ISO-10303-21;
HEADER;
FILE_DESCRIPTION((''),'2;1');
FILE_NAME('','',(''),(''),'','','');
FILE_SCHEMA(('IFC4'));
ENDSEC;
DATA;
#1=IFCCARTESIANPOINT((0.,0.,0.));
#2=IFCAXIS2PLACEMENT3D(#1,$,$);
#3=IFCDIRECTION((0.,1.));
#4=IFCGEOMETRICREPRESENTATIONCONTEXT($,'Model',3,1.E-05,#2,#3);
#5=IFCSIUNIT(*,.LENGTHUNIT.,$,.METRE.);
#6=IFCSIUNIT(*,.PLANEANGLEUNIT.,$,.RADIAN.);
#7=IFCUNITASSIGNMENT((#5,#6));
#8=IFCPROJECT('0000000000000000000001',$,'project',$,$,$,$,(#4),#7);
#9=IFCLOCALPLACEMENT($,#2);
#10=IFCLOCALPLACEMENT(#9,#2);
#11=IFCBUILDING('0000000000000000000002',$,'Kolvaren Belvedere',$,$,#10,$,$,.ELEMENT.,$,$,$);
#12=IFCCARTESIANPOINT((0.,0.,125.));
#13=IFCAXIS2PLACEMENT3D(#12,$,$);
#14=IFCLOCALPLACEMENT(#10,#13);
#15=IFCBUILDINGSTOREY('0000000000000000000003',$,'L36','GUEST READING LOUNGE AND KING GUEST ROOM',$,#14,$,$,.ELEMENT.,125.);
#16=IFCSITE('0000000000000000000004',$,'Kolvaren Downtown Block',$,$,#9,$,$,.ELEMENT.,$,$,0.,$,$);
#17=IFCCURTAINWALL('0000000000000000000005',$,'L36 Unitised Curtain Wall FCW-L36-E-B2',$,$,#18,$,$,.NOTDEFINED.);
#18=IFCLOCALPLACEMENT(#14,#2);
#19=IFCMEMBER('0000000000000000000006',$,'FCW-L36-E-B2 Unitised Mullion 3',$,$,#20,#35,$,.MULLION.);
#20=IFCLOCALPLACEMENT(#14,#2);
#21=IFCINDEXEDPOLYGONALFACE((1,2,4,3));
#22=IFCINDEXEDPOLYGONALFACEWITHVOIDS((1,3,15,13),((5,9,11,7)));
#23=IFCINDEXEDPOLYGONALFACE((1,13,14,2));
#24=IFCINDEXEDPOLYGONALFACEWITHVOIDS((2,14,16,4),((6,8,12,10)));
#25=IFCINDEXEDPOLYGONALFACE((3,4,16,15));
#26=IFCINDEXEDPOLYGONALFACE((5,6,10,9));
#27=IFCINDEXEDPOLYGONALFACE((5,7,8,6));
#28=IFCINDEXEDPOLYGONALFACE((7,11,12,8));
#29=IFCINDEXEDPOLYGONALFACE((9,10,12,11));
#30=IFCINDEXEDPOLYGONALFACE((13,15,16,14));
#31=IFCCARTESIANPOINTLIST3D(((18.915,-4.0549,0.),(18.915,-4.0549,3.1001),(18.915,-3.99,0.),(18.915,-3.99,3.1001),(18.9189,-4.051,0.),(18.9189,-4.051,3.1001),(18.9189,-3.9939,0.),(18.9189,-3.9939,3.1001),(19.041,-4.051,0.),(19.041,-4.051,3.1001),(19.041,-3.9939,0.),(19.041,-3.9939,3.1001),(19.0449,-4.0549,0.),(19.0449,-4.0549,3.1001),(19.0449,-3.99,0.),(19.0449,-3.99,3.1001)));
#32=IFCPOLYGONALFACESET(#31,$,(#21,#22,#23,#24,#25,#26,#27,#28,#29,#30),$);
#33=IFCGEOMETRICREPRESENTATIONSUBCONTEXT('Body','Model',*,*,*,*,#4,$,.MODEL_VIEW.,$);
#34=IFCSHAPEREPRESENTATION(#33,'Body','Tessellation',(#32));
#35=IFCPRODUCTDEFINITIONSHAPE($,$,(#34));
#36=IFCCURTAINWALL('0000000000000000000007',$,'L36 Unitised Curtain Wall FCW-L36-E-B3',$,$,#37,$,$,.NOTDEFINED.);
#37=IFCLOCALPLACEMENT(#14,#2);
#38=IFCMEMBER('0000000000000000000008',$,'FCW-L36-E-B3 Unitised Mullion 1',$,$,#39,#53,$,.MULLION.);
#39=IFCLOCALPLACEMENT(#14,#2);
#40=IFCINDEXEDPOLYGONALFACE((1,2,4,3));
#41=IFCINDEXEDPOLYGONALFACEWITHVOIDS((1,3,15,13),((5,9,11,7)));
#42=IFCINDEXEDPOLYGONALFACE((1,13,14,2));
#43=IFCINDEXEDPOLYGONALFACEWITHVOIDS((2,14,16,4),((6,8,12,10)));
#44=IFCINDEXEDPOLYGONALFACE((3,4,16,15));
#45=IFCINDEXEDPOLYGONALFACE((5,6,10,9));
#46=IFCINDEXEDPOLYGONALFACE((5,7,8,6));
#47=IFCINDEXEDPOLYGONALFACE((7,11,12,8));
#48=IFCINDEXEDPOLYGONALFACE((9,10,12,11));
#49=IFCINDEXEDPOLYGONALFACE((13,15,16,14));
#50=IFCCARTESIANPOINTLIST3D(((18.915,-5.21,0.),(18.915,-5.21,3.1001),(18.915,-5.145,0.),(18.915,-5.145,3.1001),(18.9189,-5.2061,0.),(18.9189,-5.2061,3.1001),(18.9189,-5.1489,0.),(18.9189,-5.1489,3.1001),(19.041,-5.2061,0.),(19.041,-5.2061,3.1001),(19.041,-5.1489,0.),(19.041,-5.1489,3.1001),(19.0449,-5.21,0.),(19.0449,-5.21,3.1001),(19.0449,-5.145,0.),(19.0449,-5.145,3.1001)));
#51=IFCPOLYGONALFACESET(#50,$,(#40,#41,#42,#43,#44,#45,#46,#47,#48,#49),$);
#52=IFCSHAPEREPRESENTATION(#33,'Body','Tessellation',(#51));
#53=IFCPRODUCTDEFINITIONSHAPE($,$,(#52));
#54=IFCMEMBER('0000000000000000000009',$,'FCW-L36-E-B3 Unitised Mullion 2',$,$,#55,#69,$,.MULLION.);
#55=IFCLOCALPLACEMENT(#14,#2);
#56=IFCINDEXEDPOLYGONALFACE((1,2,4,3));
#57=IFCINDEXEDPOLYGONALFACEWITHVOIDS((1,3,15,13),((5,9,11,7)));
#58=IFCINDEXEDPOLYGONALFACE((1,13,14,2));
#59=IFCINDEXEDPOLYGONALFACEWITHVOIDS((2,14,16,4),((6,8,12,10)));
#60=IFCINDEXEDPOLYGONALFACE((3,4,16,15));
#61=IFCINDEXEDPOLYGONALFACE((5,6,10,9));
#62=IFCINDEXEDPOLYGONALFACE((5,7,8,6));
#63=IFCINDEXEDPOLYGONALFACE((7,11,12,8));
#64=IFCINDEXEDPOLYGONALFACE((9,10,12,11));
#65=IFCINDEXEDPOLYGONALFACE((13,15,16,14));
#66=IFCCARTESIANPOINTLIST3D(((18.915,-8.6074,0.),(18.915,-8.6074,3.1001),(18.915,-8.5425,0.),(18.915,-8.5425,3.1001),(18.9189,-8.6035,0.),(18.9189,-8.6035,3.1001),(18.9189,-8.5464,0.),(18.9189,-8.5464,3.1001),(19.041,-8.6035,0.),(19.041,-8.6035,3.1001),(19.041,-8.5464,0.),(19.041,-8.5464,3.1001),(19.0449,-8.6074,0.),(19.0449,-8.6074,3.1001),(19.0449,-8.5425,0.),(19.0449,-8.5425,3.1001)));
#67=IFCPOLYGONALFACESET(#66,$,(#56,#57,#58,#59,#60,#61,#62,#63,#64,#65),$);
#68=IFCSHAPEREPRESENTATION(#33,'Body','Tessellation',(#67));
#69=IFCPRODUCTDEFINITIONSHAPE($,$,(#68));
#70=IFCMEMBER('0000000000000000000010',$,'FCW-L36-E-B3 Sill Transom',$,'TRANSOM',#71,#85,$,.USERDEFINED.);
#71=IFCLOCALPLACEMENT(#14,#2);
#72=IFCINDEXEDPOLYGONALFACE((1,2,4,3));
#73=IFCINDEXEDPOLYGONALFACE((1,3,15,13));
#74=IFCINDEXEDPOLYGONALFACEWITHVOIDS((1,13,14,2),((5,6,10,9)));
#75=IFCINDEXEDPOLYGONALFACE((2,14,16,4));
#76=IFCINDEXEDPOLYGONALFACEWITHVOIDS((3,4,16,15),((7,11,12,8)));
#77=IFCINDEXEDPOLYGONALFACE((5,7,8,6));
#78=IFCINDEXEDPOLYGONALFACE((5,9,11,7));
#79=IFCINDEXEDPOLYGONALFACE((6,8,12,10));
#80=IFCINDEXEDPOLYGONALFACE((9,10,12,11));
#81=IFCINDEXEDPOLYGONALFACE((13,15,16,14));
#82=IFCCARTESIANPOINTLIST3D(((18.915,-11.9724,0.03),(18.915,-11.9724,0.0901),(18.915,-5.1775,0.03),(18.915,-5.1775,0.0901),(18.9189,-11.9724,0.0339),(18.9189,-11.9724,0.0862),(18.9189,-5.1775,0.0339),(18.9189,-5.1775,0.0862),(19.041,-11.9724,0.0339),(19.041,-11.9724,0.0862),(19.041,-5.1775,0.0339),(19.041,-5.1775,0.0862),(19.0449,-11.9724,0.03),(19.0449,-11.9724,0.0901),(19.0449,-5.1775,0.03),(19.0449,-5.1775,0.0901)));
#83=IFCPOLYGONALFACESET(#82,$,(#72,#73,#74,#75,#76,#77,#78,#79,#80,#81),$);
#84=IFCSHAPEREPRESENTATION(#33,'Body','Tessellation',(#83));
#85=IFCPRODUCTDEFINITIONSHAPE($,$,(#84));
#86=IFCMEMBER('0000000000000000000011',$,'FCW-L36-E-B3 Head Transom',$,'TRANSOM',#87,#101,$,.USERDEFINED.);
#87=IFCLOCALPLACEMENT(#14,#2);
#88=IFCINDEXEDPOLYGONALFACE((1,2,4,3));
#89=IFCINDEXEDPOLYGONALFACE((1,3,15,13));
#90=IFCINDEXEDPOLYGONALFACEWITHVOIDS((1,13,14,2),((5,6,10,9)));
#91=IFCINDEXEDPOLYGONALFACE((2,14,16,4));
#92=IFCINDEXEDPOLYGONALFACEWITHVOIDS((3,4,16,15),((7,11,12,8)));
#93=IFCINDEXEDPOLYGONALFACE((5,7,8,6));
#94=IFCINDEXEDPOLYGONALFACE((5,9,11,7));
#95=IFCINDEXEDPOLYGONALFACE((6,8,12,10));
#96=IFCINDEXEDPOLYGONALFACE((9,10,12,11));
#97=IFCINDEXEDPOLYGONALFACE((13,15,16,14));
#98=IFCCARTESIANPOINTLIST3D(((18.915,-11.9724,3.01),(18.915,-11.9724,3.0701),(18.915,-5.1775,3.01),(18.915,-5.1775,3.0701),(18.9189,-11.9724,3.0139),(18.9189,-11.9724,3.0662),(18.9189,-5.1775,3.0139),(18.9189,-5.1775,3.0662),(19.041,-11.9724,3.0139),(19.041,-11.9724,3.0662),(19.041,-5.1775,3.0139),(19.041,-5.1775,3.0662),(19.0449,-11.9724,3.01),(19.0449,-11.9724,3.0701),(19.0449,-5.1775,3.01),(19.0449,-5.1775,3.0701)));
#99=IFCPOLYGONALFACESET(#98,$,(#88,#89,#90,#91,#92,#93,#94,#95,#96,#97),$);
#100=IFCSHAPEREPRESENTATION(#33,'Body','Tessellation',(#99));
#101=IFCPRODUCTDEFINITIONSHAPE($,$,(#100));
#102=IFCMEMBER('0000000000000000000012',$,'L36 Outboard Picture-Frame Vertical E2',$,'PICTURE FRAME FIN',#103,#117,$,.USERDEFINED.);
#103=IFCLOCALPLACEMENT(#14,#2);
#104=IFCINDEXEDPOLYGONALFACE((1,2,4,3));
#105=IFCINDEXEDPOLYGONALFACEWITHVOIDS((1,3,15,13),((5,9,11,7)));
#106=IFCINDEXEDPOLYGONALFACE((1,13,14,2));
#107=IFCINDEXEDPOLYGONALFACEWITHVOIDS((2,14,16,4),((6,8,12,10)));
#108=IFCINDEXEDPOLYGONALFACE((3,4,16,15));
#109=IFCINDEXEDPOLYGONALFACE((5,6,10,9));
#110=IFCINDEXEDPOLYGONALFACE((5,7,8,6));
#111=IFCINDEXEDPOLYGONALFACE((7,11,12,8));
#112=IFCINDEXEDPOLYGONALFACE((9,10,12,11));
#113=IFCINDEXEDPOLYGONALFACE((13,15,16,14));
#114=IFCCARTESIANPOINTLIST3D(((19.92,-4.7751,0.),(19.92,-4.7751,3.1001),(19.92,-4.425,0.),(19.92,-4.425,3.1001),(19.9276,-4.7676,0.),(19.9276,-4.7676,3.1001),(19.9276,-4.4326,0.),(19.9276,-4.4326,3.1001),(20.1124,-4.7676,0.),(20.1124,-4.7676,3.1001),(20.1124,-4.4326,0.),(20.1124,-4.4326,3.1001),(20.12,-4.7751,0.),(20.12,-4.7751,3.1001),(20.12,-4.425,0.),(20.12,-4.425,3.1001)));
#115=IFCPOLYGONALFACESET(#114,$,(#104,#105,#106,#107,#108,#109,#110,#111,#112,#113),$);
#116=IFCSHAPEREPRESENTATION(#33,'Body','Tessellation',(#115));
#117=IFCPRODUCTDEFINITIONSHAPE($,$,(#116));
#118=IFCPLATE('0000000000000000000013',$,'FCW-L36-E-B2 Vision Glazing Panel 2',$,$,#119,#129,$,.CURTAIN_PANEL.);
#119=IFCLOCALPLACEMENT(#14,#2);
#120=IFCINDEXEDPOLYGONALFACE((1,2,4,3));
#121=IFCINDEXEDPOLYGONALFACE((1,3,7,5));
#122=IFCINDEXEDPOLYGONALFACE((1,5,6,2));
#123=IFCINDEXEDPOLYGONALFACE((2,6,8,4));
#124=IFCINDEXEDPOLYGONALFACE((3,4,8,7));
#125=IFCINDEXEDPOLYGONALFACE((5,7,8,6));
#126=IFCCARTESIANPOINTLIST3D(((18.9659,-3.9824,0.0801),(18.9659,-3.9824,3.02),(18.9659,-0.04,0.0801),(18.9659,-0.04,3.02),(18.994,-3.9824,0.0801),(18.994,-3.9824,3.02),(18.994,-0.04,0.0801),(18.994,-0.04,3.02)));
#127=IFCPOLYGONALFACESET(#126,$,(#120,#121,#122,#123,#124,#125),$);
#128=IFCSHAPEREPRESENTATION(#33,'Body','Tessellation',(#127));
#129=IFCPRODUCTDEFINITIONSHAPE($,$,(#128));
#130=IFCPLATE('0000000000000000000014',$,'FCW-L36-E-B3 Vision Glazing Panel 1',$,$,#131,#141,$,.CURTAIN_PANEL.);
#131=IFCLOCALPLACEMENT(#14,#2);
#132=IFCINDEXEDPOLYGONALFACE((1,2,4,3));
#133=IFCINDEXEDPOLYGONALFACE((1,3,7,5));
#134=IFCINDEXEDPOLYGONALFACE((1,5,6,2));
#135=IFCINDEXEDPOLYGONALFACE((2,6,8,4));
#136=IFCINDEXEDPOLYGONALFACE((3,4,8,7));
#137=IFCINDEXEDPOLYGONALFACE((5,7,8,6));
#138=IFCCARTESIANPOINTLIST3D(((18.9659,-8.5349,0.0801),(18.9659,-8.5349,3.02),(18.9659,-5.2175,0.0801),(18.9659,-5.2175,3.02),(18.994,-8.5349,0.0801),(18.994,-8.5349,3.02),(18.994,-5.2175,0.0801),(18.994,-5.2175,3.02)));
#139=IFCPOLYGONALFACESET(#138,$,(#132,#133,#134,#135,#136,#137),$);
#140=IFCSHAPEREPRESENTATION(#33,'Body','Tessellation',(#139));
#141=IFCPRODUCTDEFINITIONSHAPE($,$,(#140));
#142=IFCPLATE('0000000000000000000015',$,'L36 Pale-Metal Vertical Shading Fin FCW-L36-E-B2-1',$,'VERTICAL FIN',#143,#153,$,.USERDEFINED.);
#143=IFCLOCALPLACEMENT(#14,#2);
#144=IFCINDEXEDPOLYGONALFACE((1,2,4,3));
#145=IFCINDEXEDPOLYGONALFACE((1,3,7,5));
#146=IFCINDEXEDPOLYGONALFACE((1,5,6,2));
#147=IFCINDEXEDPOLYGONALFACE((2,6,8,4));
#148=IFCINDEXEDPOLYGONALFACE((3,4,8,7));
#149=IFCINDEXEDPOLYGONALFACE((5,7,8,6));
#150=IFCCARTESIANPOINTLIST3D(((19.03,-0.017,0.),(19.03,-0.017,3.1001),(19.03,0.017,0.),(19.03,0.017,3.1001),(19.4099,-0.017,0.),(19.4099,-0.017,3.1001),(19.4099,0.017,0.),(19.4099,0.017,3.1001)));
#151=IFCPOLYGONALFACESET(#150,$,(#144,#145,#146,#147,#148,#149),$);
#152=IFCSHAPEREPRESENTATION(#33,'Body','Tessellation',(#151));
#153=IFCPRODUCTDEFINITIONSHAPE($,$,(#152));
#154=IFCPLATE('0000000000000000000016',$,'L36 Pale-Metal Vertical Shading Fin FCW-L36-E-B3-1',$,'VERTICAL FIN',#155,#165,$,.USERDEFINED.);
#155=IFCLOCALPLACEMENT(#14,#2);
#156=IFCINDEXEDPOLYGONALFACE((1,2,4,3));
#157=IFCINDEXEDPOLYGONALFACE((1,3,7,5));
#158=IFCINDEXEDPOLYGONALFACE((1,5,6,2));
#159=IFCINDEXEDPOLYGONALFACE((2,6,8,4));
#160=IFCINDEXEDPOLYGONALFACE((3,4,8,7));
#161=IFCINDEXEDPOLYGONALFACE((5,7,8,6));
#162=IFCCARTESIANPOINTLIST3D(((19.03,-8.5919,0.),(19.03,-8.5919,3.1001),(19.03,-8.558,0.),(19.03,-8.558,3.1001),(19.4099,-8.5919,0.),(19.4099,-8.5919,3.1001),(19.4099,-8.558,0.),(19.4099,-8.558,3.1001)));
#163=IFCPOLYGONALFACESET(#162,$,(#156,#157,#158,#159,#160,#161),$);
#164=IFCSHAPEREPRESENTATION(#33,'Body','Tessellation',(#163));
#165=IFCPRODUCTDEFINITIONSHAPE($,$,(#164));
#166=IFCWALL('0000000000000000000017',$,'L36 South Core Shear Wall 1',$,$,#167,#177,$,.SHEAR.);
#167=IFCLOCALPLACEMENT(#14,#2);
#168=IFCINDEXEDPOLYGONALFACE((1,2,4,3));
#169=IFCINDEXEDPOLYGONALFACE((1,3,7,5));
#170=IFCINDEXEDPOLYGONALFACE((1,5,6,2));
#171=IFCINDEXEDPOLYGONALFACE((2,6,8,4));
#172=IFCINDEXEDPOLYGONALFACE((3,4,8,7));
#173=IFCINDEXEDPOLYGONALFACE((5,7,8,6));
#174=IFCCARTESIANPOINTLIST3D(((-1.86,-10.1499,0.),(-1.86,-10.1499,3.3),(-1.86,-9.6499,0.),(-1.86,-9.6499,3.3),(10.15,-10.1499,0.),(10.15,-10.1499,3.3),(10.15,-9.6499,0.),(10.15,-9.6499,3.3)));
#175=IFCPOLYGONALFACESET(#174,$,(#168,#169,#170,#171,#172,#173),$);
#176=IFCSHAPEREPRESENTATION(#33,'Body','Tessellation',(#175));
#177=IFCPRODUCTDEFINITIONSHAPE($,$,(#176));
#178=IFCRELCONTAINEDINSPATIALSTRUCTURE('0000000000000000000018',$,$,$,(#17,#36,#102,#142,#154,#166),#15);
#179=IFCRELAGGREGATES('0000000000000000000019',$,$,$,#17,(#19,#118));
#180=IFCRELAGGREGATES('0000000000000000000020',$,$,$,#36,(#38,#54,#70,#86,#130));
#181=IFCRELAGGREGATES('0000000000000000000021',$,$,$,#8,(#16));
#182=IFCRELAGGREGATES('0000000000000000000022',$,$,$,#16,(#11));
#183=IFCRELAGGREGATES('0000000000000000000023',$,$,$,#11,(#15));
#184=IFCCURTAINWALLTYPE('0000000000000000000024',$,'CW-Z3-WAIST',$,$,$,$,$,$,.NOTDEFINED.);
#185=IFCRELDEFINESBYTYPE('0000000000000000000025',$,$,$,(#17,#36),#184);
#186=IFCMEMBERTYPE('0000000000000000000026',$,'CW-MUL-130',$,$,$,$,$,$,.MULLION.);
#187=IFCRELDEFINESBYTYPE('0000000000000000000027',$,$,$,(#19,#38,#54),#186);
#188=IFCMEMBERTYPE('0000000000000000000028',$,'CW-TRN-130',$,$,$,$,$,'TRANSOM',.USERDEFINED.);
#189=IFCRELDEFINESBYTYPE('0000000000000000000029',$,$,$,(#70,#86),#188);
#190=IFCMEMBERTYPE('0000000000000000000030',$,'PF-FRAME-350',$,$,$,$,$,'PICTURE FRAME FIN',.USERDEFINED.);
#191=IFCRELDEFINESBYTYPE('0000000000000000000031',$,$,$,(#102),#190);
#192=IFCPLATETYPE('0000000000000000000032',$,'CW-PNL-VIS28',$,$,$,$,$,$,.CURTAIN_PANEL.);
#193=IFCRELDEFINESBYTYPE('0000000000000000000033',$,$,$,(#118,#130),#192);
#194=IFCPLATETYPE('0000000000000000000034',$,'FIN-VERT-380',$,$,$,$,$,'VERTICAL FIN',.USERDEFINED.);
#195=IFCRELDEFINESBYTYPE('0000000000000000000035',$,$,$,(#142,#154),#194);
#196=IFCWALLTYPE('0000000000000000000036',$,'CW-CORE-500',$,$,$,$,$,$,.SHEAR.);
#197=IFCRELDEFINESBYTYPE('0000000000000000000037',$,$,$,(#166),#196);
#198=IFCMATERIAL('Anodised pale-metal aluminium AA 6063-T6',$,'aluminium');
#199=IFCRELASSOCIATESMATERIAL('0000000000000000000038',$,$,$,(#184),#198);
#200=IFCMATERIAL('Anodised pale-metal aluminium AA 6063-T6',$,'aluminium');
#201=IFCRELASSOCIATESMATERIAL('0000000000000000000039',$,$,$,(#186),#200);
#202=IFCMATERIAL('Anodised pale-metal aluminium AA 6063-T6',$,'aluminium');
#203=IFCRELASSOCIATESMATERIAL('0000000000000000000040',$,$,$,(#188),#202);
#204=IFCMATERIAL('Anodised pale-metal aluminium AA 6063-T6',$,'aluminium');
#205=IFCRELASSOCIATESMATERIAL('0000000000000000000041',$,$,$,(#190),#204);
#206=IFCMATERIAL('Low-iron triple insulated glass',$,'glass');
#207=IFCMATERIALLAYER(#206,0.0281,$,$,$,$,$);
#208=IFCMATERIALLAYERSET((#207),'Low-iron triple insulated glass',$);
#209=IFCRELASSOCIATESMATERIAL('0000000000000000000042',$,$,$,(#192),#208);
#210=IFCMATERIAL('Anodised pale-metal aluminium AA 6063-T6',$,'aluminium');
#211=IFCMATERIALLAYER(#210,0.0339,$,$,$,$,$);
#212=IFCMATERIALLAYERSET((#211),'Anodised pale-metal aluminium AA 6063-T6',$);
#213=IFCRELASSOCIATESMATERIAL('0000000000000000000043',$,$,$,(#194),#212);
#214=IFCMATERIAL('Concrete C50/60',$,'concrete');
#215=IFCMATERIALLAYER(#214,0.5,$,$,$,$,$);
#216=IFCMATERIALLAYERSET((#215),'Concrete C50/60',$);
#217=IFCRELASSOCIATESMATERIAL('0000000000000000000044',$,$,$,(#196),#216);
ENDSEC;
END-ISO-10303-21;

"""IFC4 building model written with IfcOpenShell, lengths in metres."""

from ifc_helpers import new_model, si_unit, direction, frame, frame_2d, origin, origin_2d, place, context, subcontext, project, spatial, rectangle, hollow_rectangle, extrude, material, layer, layer_set, material_profile, profile_set, type_object, element, aggregate, save


model = new_model("IFC4")

# Units and contexts
model_context = context("Model", 3, precision=1e-05, world=origin(), true_north=direction((0.0, 1.0)))
body_context = subcontext(model_context, "Body", "Model", "MODEL_VIEW")
ifc_project = project(units=[si_unit("LENGTHUNIT", "METRE"), si_unit("PLANEANGLEUNIT", "RADIAN")], contexts=[model_context])

# Site, building, storey
site_placement = place(None, origin())
site = spatial("IfcSite", under=ifc_project, at=site_placement, Name="Kolvaren Downtown Block", CompositionType="ELEMENT", RefElevation=0.0)
building_placement = place(site_placement, origin())
building = spatial("IfcBuilding", under=site, at=building_placement, Name="Kolvaren Belvedere", CompositionType="ELEMENT")
storey_placement = place(building_placement, frame((0.0, 0.0, 125.0)))
storey = spatial("IfcBuildingStorey", under=building, at=storey_placement, Name="L36", Description="GUEST READING LOUNGE AND KING GUEST ROOM", CompositionType="ELEMENT", Elevation=125.0)

# Curtain walls, members
ifc_material_1 = material(Name="Anodised pale-metal aluminium AA 6063-T6", Category="aluminium")
curtain_wall_type = type_object("IfcCurtainWallType", Name="CW-Z3-WAIST", PredefinedType="NOTDEFINED", material=ifc_material_1)
curtain_wall_1_placement = place(storey_placement, origin())
curtain_wall_1 = element("IfcCurtainWall", 1, at=curtain_wall_1_placement, inside=storey, type_object=curtain_wall_type, Name="L36 Unitised Curtain Wall FCW-L36-E-B2", PredefinedType="NOTDEFINED")
ifc_material_2 = material(Name="Anodised pale-metal aluminium AA 6063-T6", Category="aluminium")
ifc_material_profile_1 = material_profile(ifc_material_2, hollow_rectangle(XDim=0.0649, YDim=0.1299, WallThickness=0.0039, at=origin_2d()), Name="ALU-MUL-130X65")
ifc_profile_set_1 = profile_set([ifc_material_profile_1], Name="Anodised pale-metal aluminium AA 6063-T6")
member_type_1 = type_object("IfcMemberType", Name="CW-MUL-130", PredefinedType="MULLION", material=ifc_profile_set_1)
member_1_placement = place(storey_placement, frame((18.98, -4.0225, 0.0), z_axis=(0.0, 0.0, 1.0), x_axis=(0.0, 1.0, 0.0)))
member_1 = element("IfcMember", 2, at=member_1_placement, type_object=member_type_1, Name="FCW-L36-E-B2 Unitised Mullion 3", PredefinedType="MULLION", context=body_context, shape_type="SweptSolid", body=[
    extrude(hollow_rectangle(XDim=0.0649, YDim=0.1299, WallThickness=0.0039, at=origin_2d()), origin(), (0.0, 0.0, 1.0), 3.1001),
])
curtain_wall_2_placement = place(storey_placement, origin())
curtain_wall_2 = element("IfcCurtainWall", 3, at=curtain_wall_2_placement, inside=storey, type_object=curtain_wall_type, Name="L36 Unitised Curtain Wall FCW-L36-E-B3", PredefinedType="NOTDEFINED")
member_2_placement = place(storey_placement, frame((18.98, -5.1775, 0.0), z_axis=(0.0, 0.0, 1.0), x_axis=(0.0, 1.0, 0.0)))
member_2 = element("IfcMember", 4, at=member_2_placement, type_object=member_type_1, Name="FCW-L36-E-B3 Unitised Mullion 1", PredefinedType="MULLION", context=body_context, shape_type="SweptSolid", body=[
    extrude(hollow_rectangle(XDim=0.0649, YDim=0.1299, WallThickness=0.0039, at=origin_2d()), origin(), (0.0, 0.0, 1.0), 3.1001),
])
member_3_placement = place(storey_placement, frame((18.98, -8.575, 0.0), z_axis=(0.0, 0.0, 1.0), x_axis=(0.0, 1.0, 0.0)))
member_3 = element("IfcMember", 5, at=member_3_placement, type_object=member_type_1, Name="FCW-L36-E-B3 Unitised Mullion 2", PredefinedType="MULLION", context=body_context, shape_type="SweptSolid", body=[
    extrude(hollow_rectangle(XDim=0.0649, YDim=0.1299, WallThickness=0.0039, at=origin_2d()), origin(), (0.0, 0.0, 1.0), 3.1001),
])
ifc_material_3 = material(Name="Anodised pale-metal aluminium AA 6063-T6", Category="aluminium")
ifc_material_profile_2 = material_profile(ifc_material_3, hollow_rectangle(XDim=0.0601, YDim=0.1299, WallThickness=0.0039, at=origin_2d()), Name="ALU-TRN-130X60")
ifc_profile_set_2 = profile_set([ifc_material_profile_2], Name="Anodised pale-metal aluminium AA 6063-T6")
member_type_2 = type_object("IfcMemberType", Name="CW-TRN-130", ElementType="TRANSOM", PredefinedType="USERDEFINED", material=ifc_profile_set_2)
member_4_placement = place(storey_placement, frame((18.98, -5.1775, 0.0601), z_axis=(0.0, -1.0, 0.0), x_axis=(0.0, 0.0, 1.0)))
member_4 = element("IfcMember", 6, at=member_4_placement, type_object=member_type_2, Name="FCW-L36-E-B3 Sill Transom", ObjectType="TRANSOM", PredefinedType="USERDEFINED", context=body_context, shape_type="SweptSolid", body=[
    extrude(hollow_rectangle(XDim=0.0601, YDim=0.1299, WallThickness=0.0039, at=origin_2d()), origin(), (0.0, 0.0, 1.0), 6.7949),
])
member_5_placement = place(storey_placement, frame((18.98, -5.1775, 3.04), z_axis=(0.0, -1.0, 0.0), x_axis=(0.0, 0.0, 1.0)))
member_5 = element("IfcMember", 7, at=member_5_placement, type_object=member_type_2, Name="FCW-L36-E-B3 Head Transom", ObjectType="TRANSOM", PredefinedType="USERDEFINED", context=body_context, shape_type="SweptSolid", body=[
    extrude(hollow_rectangle(XDim=0.0601, YDim=0.1299, WallThickness=0.0039, at=origin_2d()), origin(), (0.0, 0.0, 1.0), 6.7949),
])

# Member
ifc_material_4 = material(Name="Anodised pale-metal aluminium AA 6063-T6", Category="aluminium")
ifc_material_profile_3 = material_profile(ifc_material_4, hollow_rectangle(XDim=0.2, YDim=0.3501, WallThickness=0.0076, at=origin_2d()), Name="ALU-PF-350X200")
ifc_profile_set_3 = profile_set([ifc_material_profile_3], Name="Anodised pale-metal aluminium AA 6063-T6")
member_type_3 = type_object("IfcMemberType", Name="PF-FRAME-350", ElementType="PICTURE FRAME FIN", PredefinedType="USERDEFINED", material=ifc_profile_set_3)
member_6_placement = place(storey_placement, frame((20.02, -4.6001, 0.0), z_axis=(0.0, 0.0, 1.0), x_axis=(1.0, 0.0, 0.0)))
element("IfcMember", 8, at=member_6_placement, inside=storey, type_object=member_type_3, Name="L36 Outboard Picture-Frame Vertical E2", ObjectType="PICTURE FRAME FIN", PredefinedType="USERDEFINED", context=body_context, shape_type="SweptSolid", body=[
    extrude(hollow_rectangle(XDim=0.2, YDim=0.3501, WallThickness=0.0076, at=origin_2d()), origin(), (0.0, 0.0, 1.0), 3.1001),
])

# Plates
ifc_material_5 = material(Name="Low-iron triple insulated glass", Category="glass")
ifc_layer_1 = layer(ifc_material_5, 0.0281)
ifc_layer_set_1 = layer_set([ifc_layer_1], Name="Low-iron triple insulated glass")
plate_type_1 = type_object("IfcPlateType", Name="CW-PNL-VIS28", PredefinedType="CURTAIN_PANEL", material=ifc_layer_set_1)
plate_1_placement = place(storey_placement, frame((18.98, -2.0112, 0.0801), z_axis=(0.0, 0.0, 1.0), x_axis=(0.0, -1.0, 0.0)))
plate_1 = element("IfcPlate", 9, at=plate_1_placement, type_object=plate_type_1, Name="FCW-L36-E-B2 Vision Glazing Panel 2", PredefinedType="CURTAIN_PANEL", context=body_context, shape_type="SweptSolid", body=[
    extrude(rectangle(XDim=3.9424, YDim=0.0281, at=origin_2d()), origin(), (0.0, 0.0, 1.0), 2.9399),
])
aggregate(curtain_wall_1, [member_1, plate_1])
plate_2_placement = place(storey_placement, frame((18.98, -6.8762, 0.0801), z_axis=(0.0, 0.0, 1.0), x_axis=(0.0, -1.0, 0.0)))
plate_2 = element("IfcPlate", 10, at=plate_2_placement, type_object=plate_type_1, Name="FCW-L36-E-B3 Vision Glazing Panel 1", PredefinedType="CURTAIN_PANEL", context=body_context, shape_type="SweptSolid", body=[
    extrude(rectangle(XDim=3.3174, YDim=0.0281, at=origin_2d()), origin(), (0.0, 0.0, 1.0), 2.9399),
])
aggregate(curtain_wall_2, [member_2, member_3, member_4, member_5, plate_2])

# Plates
ifc_material_6 = material(Name="Anodised pale-metal aluminium AA 6063-T6", Category="aluminium")
ifc_layer_2 = layer(ifc_material_6, 0.0339)
ifc_layer_set_2 = layer_set([ifc_layer_2], Name="Anodised pale-metal aluminium AA 6063-T6")
plate_type_2 = type_object("IfcPlateType", Name="FIN-VERT-380", ElementType="VERTICAL FIN", PredefinedType="USERDEFINED", material=ifc_layer_set_2)
for number, where, z_axis, x_axis, name in (
    (11, (19.22, 0.0, 0.0), (0.0, 0.0, 1.0), (1.0, 0.0, 0.0), "L36 Pale-Metal Vertical Shading Fin FCW-L36-E-B2-1"),
    (12, (19.22, -8.575, 0.0), (0.0, 0.0, 1.0), (1.0, 0.0, 0.0), "L36 Pale-Metal Vertical Shading Fin FCW-L36-E-B3-1"),
):
    element("IfcPlate", number, at=place(storey_placement, frame(where, z_axis=z_axis, x_axis=x_axis)), inside=storey, type_object=plate_type_2, Name=name, ObjectType="VERTICAL FIN", PredefinedType="USERDEFINED", context=body_context, shape_type="SweptSolid", body=[
        extrude(rectangle(XDim=0.3799, YDim=0.0339, at=origin_2d()), origin(), (0.0, 0.0, 1.0), 3.1001),
    ])

# Wall
ifc_material_7 = material(Name="Concrete C50/60", Category="concrete")
ifc_layer_3 = layer(ifc_material_7, 0.5)
ifc_layer_set_3 = layer_set([ifc_layer_3], Name="Concrete C50/60")
wall_type_1 = type_object("IfcWallType", Name="CW-CORE-500", PredefinedType="SHEAR", material=ifc_layer_set_3)
wall_1_placement = place(storey_placement, frame((10.1499, -9.8999, 0.0), z_axis=(0.0, 0.0, 1.0), x_axis=(-1.0, 0.0, 0.0)))
element("IfcWall", 13, at=wall_1_placement, inside=storey, type_object=wall_type_1, Name="L36 South Core Shear Wall 1", PredefinedType="SHEAR", context=body_context, shape_type="SweptSolid", body=[
    extrude(rectangle(XDim=12.01, YDim=0.5, at=frame_2d((6.0049, 0.0))), origin(), (0.0, 0.0, 1.0), 3.3),
])

save(model, "model.ifc")
